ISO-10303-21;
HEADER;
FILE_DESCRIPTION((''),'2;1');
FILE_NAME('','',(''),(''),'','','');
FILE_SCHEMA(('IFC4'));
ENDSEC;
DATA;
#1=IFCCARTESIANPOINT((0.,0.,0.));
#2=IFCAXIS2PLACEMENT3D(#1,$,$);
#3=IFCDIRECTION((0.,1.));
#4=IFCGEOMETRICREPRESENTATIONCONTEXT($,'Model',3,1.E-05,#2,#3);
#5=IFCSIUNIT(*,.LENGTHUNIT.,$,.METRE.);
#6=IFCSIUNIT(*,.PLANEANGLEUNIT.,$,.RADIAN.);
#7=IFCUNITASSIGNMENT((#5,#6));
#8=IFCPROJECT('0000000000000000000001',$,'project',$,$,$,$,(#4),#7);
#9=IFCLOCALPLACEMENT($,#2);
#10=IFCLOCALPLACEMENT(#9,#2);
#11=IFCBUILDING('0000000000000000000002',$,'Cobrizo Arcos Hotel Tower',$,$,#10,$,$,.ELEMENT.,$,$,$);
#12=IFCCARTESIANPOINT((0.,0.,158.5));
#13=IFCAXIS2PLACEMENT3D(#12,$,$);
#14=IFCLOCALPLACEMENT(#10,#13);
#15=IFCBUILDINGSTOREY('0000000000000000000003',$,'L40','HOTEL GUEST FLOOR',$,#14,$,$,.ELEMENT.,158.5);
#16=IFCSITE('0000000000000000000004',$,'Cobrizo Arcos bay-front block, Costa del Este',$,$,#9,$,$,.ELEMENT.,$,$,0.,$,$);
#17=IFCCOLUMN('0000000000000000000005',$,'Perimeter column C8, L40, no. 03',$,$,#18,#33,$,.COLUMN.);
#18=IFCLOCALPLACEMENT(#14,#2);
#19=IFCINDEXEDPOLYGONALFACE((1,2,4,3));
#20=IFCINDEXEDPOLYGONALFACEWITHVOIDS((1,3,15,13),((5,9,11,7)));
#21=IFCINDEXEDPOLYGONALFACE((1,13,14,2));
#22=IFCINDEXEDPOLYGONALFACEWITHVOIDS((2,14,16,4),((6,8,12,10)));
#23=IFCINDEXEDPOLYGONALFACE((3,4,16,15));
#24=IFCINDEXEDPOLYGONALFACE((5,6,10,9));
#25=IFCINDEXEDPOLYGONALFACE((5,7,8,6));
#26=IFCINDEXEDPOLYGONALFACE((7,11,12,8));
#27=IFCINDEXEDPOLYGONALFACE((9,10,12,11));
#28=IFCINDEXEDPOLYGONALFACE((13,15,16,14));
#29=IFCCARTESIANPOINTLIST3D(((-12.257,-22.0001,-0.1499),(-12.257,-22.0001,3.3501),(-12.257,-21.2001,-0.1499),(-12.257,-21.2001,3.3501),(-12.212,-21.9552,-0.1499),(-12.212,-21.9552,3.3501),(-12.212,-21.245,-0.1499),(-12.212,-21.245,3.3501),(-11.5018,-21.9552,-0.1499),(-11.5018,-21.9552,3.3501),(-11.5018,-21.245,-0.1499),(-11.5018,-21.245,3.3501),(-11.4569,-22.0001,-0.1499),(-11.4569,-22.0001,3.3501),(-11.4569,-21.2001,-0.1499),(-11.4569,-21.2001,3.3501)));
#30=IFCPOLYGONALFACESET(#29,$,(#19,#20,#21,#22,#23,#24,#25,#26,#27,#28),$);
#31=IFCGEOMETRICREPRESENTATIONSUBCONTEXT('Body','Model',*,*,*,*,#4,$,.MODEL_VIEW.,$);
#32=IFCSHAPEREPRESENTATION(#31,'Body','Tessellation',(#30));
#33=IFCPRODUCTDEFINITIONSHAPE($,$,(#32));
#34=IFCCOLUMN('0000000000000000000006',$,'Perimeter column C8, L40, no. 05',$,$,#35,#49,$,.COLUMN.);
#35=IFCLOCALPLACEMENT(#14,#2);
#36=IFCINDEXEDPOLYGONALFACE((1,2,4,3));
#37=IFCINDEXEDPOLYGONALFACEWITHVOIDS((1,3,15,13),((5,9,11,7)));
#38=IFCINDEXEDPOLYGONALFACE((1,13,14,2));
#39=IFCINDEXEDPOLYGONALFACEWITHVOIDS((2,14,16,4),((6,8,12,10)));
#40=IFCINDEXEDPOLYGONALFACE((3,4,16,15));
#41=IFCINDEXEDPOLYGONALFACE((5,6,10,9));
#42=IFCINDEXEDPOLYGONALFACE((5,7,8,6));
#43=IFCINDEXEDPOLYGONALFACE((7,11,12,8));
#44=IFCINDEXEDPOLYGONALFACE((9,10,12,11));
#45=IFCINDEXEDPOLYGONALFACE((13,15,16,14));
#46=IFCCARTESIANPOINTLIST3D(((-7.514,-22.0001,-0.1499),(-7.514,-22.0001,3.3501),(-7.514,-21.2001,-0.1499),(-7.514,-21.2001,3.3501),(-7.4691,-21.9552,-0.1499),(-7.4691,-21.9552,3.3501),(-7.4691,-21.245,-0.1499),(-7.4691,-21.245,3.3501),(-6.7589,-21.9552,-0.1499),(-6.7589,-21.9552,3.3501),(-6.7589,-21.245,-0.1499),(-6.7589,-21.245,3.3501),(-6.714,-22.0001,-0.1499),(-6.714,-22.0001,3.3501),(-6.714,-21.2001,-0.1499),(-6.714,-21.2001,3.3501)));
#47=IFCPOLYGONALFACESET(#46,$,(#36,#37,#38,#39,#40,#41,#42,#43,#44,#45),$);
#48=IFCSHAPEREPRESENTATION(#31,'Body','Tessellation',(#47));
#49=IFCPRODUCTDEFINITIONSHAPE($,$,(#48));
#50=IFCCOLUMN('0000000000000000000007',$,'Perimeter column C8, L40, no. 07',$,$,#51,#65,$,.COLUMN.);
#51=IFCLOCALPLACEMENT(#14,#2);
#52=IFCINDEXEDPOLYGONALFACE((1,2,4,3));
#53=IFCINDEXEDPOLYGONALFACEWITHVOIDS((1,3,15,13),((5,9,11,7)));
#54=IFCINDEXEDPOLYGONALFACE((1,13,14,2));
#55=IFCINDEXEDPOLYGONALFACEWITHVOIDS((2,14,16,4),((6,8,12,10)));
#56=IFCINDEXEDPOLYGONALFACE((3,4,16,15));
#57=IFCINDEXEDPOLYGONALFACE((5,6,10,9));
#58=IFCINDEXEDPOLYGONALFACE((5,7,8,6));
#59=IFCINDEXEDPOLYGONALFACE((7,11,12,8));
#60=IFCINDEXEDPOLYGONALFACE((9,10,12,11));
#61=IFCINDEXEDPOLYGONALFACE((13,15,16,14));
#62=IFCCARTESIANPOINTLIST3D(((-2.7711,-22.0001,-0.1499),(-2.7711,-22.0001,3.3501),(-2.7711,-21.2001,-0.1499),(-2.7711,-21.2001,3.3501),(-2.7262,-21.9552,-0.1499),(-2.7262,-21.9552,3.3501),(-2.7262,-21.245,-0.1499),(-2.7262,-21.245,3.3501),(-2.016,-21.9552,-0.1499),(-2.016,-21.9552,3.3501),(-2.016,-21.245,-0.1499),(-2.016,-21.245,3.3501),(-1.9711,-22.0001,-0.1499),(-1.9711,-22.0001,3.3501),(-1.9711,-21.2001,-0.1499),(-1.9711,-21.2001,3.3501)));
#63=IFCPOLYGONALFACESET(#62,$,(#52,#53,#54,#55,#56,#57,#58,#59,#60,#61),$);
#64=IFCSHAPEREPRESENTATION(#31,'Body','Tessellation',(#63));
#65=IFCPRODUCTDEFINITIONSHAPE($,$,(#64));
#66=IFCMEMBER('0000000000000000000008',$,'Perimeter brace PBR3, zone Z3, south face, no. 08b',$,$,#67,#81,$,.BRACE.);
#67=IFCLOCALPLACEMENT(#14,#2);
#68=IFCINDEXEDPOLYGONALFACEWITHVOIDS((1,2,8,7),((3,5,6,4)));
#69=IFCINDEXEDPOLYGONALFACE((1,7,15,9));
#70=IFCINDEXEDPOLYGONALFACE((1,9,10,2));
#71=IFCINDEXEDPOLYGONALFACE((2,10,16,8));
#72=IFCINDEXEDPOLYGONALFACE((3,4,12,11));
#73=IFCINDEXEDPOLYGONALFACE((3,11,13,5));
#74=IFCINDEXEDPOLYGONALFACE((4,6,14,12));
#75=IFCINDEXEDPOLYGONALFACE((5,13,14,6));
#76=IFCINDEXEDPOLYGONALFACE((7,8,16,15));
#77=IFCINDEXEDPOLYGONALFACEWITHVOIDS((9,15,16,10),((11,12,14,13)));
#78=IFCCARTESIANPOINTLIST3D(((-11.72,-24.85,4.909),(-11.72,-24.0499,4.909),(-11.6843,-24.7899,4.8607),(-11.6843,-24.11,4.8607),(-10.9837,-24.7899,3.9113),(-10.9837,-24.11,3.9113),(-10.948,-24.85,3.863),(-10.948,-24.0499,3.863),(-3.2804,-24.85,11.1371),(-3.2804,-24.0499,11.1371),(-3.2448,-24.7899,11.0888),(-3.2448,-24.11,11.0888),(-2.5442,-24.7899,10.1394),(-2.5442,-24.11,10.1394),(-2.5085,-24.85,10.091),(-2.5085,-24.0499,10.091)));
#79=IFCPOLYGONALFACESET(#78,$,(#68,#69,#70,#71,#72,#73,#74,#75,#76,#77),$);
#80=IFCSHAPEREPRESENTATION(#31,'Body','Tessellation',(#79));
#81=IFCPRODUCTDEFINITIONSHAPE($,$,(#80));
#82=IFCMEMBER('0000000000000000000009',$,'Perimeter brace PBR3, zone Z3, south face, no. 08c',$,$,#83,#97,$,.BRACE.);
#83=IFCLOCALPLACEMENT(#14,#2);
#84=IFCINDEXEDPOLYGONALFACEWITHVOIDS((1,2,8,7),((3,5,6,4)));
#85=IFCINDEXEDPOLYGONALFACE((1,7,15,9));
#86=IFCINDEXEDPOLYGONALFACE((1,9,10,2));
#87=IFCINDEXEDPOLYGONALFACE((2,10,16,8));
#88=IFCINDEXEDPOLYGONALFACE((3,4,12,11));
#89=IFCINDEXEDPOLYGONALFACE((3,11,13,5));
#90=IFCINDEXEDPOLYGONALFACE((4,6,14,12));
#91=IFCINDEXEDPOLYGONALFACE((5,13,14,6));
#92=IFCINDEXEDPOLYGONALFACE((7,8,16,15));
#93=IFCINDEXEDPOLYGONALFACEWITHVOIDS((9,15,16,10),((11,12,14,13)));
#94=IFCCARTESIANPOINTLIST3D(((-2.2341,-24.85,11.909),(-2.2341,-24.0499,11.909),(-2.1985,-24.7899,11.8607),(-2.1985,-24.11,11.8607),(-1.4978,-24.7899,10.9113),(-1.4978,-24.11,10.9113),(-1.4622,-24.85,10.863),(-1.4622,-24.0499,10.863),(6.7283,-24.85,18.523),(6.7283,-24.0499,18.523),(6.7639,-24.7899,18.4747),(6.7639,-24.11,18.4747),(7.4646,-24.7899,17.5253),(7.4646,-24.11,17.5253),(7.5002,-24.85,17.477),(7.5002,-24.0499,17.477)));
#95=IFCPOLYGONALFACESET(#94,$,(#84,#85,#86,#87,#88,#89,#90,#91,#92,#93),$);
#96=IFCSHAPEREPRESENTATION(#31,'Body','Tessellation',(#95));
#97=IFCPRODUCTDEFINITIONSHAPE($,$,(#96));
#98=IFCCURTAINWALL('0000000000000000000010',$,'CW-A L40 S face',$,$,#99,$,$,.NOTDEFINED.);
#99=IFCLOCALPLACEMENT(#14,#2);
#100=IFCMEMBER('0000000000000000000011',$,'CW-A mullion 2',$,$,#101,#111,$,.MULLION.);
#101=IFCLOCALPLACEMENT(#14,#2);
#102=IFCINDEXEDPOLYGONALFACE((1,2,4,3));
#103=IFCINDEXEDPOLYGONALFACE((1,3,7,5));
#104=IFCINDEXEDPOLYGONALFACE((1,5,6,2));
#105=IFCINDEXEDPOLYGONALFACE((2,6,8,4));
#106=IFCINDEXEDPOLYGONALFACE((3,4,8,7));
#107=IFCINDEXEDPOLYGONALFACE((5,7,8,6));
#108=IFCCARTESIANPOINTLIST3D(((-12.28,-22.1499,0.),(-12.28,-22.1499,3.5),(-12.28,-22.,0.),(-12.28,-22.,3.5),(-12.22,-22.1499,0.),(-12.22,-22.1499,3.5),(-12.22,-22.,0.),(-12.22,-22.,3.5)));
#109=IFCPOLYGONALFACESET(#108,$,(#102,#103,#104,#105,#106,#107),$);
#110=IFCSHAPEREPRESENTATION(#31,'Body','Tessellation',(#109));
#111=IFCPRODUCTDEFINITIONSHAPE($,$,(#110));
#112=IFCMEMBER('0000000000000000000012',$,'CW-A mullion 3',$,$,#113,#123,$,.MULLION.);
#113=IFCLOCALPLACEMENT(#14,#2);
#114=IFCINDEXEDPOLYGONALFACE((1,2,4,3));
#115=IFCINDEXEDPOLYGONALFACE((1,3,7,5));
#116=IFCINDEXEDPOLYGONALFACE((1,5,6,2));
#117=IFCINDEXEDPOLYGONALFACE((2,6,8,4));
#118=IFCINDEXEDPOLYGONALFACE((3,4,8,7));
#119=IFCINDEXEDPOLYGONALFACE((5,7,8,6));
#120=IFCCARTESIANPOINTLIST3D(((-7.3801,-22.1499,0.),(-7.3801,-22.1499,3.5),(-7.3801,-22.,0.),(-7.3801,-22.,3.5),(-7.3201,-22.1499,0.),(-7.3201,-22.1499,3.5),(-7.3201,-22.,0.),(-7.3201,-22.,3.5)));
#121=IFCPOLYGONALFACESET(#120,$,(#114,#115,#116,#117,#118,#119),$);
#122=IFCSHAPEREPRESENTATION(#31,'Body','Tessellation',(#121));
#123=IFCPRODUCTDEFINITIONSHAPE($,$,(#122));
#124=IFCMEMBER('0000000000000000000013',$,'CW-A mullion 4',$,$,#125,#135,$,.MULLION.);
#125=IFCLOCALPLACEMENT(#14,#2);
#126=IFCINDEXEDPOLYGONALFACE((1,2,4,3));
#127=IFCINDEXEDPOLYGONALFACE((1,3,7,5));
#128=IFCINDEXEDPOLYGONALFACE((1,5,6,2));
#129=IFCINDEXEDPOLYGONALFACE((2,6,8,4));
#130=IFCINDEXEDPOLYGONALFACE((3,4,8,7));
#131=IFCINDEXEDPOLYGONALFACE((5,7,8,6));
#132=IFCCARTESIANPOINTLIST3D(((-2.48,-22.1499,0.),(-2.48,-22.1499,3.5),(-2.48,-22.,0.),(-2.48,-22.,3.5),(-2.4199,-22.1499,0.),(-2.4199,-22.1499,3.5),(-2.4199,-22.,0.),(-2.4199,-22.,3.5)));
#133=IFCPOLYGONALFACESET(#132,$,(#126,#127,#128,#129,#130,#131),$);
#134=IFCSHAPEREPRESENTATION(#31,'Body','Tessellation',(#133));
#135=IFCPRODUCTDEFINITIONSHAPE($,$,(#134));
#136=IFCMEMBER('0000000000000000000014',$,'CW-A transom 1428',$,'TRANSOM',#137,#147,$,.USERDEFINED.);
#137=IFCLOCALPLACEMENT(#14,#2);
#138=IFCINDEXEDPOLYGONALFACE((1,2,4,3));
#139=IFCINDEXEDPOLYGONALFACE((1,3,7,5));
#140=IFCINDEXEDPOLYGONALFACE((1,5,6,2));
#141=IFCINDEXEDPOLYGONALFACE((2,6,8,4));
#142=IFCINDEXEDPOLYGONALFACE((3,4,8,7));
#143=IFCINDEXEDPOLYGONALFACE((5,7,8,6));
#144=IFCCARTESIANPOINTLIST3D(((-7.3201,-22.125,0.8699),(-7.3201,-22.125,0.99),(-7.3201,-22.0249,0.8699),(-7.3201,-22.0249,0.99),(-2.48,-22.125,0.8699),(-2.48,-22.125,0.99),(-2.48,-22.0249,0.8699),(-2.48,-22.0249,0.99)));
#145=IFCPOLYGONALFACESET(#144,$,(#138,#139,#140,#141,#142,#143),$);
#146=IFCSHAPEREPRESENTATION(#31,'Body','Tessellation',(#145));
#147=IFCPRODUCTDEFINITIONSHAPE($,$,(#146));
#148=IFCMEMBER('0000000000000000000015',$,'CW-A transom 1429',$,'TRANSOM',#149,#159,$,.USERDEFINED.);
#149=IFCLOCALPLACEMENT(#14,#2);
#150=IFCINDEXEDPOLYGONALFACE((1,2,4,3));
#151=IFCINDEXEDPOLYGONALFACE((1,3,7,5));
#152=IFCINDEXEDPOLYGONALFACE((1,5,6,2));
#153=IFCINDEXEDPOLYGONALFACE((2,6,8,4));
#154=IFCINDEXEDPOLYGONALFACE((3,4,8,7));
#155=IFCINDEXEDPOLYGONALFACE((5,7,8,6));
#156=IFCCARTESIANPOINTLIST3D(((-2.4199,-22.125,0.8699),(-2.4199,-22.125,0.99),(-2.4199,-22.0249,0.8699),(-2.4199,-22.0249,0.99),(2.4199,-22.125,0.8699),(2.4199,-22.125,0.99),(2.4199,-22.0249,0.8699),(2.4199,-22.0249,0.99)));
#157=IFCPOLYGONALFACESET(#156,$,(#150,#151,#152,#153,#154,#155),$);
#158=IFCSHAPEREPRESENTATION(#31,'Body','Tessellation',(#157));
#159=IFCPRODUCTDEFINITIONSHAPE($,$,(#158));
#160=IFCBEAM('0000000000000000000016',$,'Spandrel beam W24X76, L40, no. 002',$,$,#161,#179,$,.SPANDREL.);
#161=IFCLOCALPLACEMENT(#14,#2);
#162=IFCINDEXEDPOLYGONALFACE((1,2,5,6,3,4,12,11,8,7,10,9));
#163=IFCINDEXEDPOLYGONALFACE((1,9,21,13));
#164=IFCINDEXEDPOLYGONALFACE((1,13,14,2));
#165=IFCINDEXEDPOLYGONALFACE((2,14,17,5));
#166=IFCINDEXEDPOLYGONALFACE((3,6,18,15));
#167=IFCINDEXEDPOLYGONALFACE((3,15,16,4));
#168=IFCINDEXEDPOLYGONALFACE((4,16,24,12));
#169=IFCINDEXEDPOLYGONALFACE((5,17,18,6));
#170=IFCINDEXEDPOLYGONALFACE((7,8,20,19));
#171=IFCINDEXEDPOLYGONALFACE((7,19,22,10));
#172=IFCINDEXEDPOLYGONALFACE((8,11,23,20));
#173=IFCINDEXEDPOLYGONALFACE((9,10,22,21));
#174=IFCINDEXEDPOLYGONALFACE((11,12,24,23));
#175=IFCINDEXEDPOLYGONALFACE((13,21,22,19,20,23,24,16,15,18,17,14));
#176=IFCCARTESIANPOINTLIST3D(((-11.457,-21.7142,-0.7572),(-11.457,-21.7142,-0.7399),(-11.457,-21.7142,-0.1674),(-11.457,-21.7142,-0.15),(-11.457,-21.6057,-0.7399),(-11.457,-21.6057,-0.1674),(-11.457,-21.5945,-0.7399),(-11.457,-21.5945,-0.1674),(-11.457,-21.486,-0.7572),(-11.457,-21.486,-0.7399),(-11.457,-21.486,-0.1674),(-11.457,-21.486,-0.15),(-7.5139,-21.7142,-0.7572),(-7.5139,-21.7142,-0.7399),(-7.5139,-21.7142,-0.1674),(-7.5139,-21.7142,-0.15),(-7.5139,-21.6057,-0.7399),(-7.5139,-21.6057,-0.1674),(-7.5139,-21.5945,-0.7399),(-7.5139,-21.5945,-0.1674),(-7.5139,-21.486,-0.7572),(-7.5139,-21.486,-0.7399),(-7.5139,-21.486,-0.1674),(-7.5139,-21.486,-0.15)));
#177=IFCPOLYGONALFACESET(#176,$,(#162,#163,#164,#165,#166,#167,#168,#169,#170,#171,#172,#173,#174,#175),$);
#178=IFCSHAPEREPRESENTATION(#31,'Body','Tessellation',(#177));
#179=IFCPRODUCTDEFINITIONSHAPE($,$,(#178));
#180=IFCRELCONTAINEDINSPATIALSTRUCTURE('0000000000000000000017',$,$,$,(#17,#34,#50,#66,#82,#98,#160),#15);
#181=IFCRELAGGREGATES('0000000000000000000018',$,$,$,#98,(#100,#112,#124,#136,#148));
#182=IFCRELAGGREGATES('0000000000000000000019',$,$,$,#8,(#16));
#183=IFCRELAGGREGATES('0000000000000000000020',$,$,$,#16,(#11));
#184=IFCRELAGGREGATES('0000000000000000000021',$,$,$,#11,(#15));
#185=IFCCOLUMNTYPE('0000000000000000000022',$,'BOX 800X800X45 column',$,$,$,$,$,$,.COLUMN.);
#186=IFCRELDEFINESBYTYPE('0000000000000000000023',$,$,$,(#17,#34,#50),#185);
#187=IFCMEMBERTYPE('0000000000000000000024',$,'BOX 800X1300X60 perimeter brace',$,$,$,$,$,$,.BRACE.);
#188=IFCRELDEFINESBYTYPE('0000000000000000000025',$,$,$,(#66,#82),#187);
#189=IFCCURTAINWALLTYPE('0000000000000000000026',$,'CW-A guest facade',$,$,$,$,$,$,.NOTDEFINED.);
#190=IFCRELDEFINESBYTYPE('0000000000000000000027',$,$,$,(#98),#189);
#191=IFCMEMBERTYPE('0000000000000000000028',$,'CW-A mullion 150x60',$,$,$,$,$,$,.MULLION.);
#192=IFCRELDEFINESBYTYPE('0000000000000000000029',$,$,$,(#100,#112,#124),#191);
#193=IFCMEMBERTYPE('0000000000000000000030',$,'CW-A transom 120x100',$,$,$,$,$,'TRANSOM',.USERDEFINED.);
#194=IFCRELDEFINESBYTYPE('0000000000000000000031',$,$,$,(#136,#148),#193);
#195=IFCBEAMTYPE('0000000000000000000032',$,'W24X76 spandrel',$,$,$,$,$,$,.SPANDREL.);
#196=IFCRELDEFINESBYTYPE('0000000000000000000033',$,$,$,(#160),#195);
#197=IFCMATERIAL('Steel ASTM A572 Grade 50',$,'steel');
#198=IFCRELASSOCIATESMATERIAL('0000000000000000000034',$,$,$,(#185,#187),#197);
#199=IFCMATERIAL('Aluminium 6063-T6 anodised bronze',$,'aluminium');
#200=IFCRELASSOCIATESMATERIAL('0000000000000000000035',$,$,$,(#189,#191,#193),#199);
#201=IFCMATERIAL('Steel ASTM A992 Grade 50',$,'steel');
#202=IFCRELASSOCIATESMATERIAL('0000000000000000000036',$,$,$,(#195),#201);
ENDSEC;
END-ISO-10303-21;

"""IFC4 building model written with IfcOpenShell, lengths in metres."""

from ifc_helpers import new_model, si_unit, direction, frame, origin, origin_2d, place, context, subcontext, project, spatial, rectangle, hollow_rectangle, i_section, extrude, material, material_profile, profile_set, type_object, element, aggregate, save


model = new_model("IFC4")

# Units and contexts
model_context = context("Model", 3, precision=1e-05, world=origin(), true_north=direction((0.0, 1.0)))
body_context = subcontext(model_context, "Body", "Model", "MODEL_VIEW")
ifc_project = project(units=[si_unit("LENGTHUNIT", "METRE"), si_unit("PLANEANGLEUNIT", "RADIAN")], contexts=[model_context])

# Site, building, storey
site_placement = place(None, origin())
site = spatial("IfcSite", under=ifc_project, at=site_placement, Name="Cobrizo Arcos bay-front block, Costa del Este", CompositionType="ELEMENT", RefElevation=0.0)
building_placement = place(site_placement, origin())
building = spatial("IfcBuilding", under=site, at=building_placement, Name="Cobrizo Arcos Hotel Tower", CompositionType="ELEMENT")
storey_placement = place(building_placement, frame((0.0, 0.0, 158.5)))
storey = spatial("IfcBuildingStorey", under=building, at=storey_placement, Name="L40", Description="HOTEL GUEST FLOOR", CompositionType="ELEMENT", Elevation=158.5)

# Columns
ifc_material_1 = material(Name="Steel ASTM A572 Grade 50", Category="steel")
ifc_material_profile_1 = material_profile(ifc_material_1, hollow_rectangle(XDim=0.8, YDim=0.8, WallThickness=0.0449, at=origin_2d()), Name="BOX 800X800X45")
ifc_profile_set_1 = profile_set([ifc_material_profile_1], Name="Steel ASTM A572 Grade 50")
column_type = type_object("IfcColumnType", Name="BOX 800X800X45 column", PredefinedType="COLUMN", material=ifc_profile_set_1)
for number, where, z_axis, x_axis, name in (
    (1, (-11.8569, -21.6001, -0.1499), (0.0, 0.0, 1.0), (1.0, 0.0, 0.0), "Perimeter column C8, L40, no. 03"),
    (2, (-7.114, -21.6001, -0.1499), (0.0, 0.0, 1.0), (1.0, 0.0, 0.0), "Perimeter column C8, L40, no. 05"),
    (3, (-2.3711, -21.6001, -0.1499), (0.0, 0.0, 1.0), (1.0, 0.0, 0.0), "Perimeter column C8, L40, no. 07"),
):
    element("IfcColumn", number, at=place(storey_placement, frame(where, z_axis=z_axis, x_axis=x_axis)), inside=storey, type_object=column_type, Name=name, PredefinedType="COLUMN", context=body_context, shape_type="SweptSolid", body=[
        extrude(hollow_rectangle(XDim=0.8, YDim=0.8, WallThickness=0.0449, at=origin_2d()), origin(), (0.0, 0.0, 1.0), 3.5),
    ])

# Members
ifc_material_profile_2 = material_profile(ifc_material_1, hollow_rectangle(XDim=0.8, YDim=1.3, WallThickness=0.0601, at=origin_2d()), Name="BOX 800X1300X60")
ifc_profile_set_2 = profile_set([ifc_material_profile_2], Name="Steel ASTM A572 Grade 50")
member_type_1 = type_object("IfcMemberType", Name="BOX 800X1300X60 perimeter brace", PredefinedType="BRACE", material=ifc_profile_set_2)
member_1_placement = place(storey_placement, frame((-11.334, -24.45, 4.386), z_axis=(0.804624, 0.0, 0.593785), x_axis=(0.0, 1.0, 0.0)))
element("IfcMember", 4, at=member_1_placement, inside=storey, type_object=member_type_1, Name="Perimeter brace PBR3, zone Z3, south face, no. 08b", PredefinedType="BRACE", context=body_context, shape_type="SweptSolid", body=[
    extrude(hollow_rectangle(XDim=0.8, YDim=1.3, WallThickness=0.0601, at=origin_2d()), origin(), (0.0, 0.0, 1.0), 10.4888),
])
member_2_placement = place(storey_placement, frame((-1.8481, -24.45, 11.386), z_axis=(0.804621, 0.0, 0.593789), x_axis=(0.0, 1.0, 0.0)))
element("IfcMember", 5, at=member_2_placement, inside=storey, type_object=member_type_1, Name="Perimeter brace PBR3, zone Z3, south face, no. 08c", PredefinedType="BRACE", context=body_context, shape_type="SweptSolid", body=[
    extrude(hollow_rectangle(XDim=0.8, YDim=1.3, WallThickness=0.0601, at=origin_2d()), origin(), (0.0, 0.0, 1.0), 11.1387),
])

# Curtain wall, members
ifc_material_2 = material(Name="Aluminium 6063-T6 anodised bronze", Category="aluminium")
curtain_wall_type = type_object("IfcCurtainWallType", Name="CW-A guest facade", PredefinedType="NOTDEFINED", material=ifc_material_2)
curtain_wall_placement = place(storey_placement, origin())
curtain_wall = element("IfcCurtainWall", 6, at=curtain_wall_placement, inside=storey, type_object=curtain_wall_type, Name="CW-A L40 S face", PredefinedType="NOTDEFINED")
ifc_material_profile_3 = material_profile(ifc_material_2, rectangle(XDim=0.1499, YDim=0.0601, at=origin_2d()), Name="CW-A mullion 150x60")
ifc_profile_set_3 = profile_set([ifc_material_profile_3], Name="Aluminium 6063-T6 anodised bronze")
member_type_2 = type_object("IfcMemberType", Name="CW-A mullion 150x60", PredefinedType="MULLION", material=ifc_profile_set_3)
member_3_placement = place(storey_placement, frame((-12.25, -22.075, 0.0), z_axis=(0.0, 0.0, 1.0), x_axis=(0.0, -1.0, 0.0)))
member_3 = element("IfcMember", 7, at=member_3_placement, type_object=member_type_2, Name="CW-A mullion 2", PredefinedType="MULLION", context=body_context, shape_type="SweptSolid", body=[
    extrude(rectangle(XDim=0.1499, YDim=0.0601, at=origin_2d()), origin(), (0.0, 0.0, 1.0), 3.5),
])
member_4_placement = place(storey_placement, frame((-7.3501, -22.075, 0.0), z_axis=(0.0, 0.0, 1.0), x_axis=(0.0, -1.0, 0.0)))
member_4 = element("IfcMember", 8, at=member_4_placement, type_object=member_type_2, Name="CW-A mullion 3", PredefinedType="MULLION", context=body_context, shape_type="SweptSolid", body=[
    extrude(rectangle(XDim=0.1499, YDim=0.0601, at=origin_2d()), origin(), (0.0, 0.0, 1.0), 3.5),
])
member_5_placement = place(storey_placement, frame((-2.45, -22.075, 0.0), z_axis=(0.0, 0.0, 1.0), x_axis=(0.0, -1.0, 0.0)))
member_5 = element("IfcMember", 9, at=member_5_placement, type_object=member_type_2, Name="CW-A mullion 4", PredefinedType="MULLION", context=body_context, shape_type="SweptSolid", body=[
    extrude(rectangle(XDim=0.1499, YDim=0.0601, at=origin_2d()), origin(), (0.0, 0.0, 1.0), 3.5),
])
ifc_material_profile_4 = material_profile(ifc_material_2, rectangle(XDim=0.1001, YDim=0.1201, at=origin_2d()), Name="CW-A transom 120x100")
ifc_profile_set_4 = profile_set([ifc_material_profile_4], Name="Aluminium 6063-T6 anodised bronze")
member_type_3 = type_object("IfcMemberType", Name="CW-A transom 120x100", ElementType="TRANSOM", PredefinedType="USERDEFINED", material=ifc_profile_set_4)
member_6_placement = place(storey_placement, frame((-7.3201, -22.075, 0.9299), z_axis=(1.0, 0.0, 0.0), x_axis=(0.0, 1.0, 0.0)))
member_6 = element("IfcMember", 10, at=member_6_placement, type_object=member_type_3, Name="CW-A transom 1428", ObjectType="TRANSOM", PredefinedType="USERDEFINED", context=body_context, shape_type="SweptSolid", body=[
    extrude(rectangle(XDim=0.1001, YDim=0.1201, at=origin_2d()), origin(), (0.0, 0.0, 1.0), 4.8401),
])
member_7_placement = place(storey_placement, frame((-2.4199, -22.075, 0.9299), z_axis=(1.0, 0.0, 0.0), x_axis=(0.0, 1.0, 0.0)))
member_7 = element("IfcMember", 11, at=member_7_placement, type_object=member_type_3, Name="CW-A transom 1429", ObjectType="TRANSOM", PredefinedType="USERDEFINED", context=body_context, shape_type="SweptSolid", body=[
    extrude(rectangle(XDim=0.1001, YDim=0.1201, at=origin_2d()), origin(), (0.0, 0.0, 1.0), 4.8398),
])

# Beam
ifc_material_3 = material(Name="Steel ASTM A992 Grade 50", Category="steel")
ifc_material_profile_5 = material_profile(ifc_material_3, i_section(OverallWidth=0.2283, OverallDepth=0.6072, WebThickness=0.0112, FlangeThickness=0.0173, at=origin_2d()), Name="W24X76")
ifc_profile_set_5 = profile_set([ifc_material_profile_5], Name="Steel ASTM A992 Grade 50")
beam_type = type_object("IfcBeamType", Name="W24X76 spandrel", PredefinedType="SPANDREL", material=ifc_profile_set_5)
for number, where, z_axis, x_axis, name in (
    (12, (-11.457, -21.6001, -0.4536), (1.0, 0.0, 0.0), (0.0, 1.0, 0.0), "Spandrel beam W24X76, L40, no. 002"),
):
    element("IfcBeam", number, at=place(storey_placement, frame(where, z_axis=z_axis, x_axis=x_axis)), inside=storey, type_object=beam_type, Name=name, PredefinedType="SPANDREL", context=body_context, shape_type="SweptSolid", body=[
        extrude(i_section(OverallWidth=0.2283, OverallDepth=0.6072, WebThickness=0.0112, FlangeThickness=0.0173, at=origin_2d()), origin(), (0.0, 0.0, 1.0), 3.9431),
    ])

aggregate(curtain_wall, [member_3, member_4, member_5, member_6, member_7])

save(model, "model.ifc")
